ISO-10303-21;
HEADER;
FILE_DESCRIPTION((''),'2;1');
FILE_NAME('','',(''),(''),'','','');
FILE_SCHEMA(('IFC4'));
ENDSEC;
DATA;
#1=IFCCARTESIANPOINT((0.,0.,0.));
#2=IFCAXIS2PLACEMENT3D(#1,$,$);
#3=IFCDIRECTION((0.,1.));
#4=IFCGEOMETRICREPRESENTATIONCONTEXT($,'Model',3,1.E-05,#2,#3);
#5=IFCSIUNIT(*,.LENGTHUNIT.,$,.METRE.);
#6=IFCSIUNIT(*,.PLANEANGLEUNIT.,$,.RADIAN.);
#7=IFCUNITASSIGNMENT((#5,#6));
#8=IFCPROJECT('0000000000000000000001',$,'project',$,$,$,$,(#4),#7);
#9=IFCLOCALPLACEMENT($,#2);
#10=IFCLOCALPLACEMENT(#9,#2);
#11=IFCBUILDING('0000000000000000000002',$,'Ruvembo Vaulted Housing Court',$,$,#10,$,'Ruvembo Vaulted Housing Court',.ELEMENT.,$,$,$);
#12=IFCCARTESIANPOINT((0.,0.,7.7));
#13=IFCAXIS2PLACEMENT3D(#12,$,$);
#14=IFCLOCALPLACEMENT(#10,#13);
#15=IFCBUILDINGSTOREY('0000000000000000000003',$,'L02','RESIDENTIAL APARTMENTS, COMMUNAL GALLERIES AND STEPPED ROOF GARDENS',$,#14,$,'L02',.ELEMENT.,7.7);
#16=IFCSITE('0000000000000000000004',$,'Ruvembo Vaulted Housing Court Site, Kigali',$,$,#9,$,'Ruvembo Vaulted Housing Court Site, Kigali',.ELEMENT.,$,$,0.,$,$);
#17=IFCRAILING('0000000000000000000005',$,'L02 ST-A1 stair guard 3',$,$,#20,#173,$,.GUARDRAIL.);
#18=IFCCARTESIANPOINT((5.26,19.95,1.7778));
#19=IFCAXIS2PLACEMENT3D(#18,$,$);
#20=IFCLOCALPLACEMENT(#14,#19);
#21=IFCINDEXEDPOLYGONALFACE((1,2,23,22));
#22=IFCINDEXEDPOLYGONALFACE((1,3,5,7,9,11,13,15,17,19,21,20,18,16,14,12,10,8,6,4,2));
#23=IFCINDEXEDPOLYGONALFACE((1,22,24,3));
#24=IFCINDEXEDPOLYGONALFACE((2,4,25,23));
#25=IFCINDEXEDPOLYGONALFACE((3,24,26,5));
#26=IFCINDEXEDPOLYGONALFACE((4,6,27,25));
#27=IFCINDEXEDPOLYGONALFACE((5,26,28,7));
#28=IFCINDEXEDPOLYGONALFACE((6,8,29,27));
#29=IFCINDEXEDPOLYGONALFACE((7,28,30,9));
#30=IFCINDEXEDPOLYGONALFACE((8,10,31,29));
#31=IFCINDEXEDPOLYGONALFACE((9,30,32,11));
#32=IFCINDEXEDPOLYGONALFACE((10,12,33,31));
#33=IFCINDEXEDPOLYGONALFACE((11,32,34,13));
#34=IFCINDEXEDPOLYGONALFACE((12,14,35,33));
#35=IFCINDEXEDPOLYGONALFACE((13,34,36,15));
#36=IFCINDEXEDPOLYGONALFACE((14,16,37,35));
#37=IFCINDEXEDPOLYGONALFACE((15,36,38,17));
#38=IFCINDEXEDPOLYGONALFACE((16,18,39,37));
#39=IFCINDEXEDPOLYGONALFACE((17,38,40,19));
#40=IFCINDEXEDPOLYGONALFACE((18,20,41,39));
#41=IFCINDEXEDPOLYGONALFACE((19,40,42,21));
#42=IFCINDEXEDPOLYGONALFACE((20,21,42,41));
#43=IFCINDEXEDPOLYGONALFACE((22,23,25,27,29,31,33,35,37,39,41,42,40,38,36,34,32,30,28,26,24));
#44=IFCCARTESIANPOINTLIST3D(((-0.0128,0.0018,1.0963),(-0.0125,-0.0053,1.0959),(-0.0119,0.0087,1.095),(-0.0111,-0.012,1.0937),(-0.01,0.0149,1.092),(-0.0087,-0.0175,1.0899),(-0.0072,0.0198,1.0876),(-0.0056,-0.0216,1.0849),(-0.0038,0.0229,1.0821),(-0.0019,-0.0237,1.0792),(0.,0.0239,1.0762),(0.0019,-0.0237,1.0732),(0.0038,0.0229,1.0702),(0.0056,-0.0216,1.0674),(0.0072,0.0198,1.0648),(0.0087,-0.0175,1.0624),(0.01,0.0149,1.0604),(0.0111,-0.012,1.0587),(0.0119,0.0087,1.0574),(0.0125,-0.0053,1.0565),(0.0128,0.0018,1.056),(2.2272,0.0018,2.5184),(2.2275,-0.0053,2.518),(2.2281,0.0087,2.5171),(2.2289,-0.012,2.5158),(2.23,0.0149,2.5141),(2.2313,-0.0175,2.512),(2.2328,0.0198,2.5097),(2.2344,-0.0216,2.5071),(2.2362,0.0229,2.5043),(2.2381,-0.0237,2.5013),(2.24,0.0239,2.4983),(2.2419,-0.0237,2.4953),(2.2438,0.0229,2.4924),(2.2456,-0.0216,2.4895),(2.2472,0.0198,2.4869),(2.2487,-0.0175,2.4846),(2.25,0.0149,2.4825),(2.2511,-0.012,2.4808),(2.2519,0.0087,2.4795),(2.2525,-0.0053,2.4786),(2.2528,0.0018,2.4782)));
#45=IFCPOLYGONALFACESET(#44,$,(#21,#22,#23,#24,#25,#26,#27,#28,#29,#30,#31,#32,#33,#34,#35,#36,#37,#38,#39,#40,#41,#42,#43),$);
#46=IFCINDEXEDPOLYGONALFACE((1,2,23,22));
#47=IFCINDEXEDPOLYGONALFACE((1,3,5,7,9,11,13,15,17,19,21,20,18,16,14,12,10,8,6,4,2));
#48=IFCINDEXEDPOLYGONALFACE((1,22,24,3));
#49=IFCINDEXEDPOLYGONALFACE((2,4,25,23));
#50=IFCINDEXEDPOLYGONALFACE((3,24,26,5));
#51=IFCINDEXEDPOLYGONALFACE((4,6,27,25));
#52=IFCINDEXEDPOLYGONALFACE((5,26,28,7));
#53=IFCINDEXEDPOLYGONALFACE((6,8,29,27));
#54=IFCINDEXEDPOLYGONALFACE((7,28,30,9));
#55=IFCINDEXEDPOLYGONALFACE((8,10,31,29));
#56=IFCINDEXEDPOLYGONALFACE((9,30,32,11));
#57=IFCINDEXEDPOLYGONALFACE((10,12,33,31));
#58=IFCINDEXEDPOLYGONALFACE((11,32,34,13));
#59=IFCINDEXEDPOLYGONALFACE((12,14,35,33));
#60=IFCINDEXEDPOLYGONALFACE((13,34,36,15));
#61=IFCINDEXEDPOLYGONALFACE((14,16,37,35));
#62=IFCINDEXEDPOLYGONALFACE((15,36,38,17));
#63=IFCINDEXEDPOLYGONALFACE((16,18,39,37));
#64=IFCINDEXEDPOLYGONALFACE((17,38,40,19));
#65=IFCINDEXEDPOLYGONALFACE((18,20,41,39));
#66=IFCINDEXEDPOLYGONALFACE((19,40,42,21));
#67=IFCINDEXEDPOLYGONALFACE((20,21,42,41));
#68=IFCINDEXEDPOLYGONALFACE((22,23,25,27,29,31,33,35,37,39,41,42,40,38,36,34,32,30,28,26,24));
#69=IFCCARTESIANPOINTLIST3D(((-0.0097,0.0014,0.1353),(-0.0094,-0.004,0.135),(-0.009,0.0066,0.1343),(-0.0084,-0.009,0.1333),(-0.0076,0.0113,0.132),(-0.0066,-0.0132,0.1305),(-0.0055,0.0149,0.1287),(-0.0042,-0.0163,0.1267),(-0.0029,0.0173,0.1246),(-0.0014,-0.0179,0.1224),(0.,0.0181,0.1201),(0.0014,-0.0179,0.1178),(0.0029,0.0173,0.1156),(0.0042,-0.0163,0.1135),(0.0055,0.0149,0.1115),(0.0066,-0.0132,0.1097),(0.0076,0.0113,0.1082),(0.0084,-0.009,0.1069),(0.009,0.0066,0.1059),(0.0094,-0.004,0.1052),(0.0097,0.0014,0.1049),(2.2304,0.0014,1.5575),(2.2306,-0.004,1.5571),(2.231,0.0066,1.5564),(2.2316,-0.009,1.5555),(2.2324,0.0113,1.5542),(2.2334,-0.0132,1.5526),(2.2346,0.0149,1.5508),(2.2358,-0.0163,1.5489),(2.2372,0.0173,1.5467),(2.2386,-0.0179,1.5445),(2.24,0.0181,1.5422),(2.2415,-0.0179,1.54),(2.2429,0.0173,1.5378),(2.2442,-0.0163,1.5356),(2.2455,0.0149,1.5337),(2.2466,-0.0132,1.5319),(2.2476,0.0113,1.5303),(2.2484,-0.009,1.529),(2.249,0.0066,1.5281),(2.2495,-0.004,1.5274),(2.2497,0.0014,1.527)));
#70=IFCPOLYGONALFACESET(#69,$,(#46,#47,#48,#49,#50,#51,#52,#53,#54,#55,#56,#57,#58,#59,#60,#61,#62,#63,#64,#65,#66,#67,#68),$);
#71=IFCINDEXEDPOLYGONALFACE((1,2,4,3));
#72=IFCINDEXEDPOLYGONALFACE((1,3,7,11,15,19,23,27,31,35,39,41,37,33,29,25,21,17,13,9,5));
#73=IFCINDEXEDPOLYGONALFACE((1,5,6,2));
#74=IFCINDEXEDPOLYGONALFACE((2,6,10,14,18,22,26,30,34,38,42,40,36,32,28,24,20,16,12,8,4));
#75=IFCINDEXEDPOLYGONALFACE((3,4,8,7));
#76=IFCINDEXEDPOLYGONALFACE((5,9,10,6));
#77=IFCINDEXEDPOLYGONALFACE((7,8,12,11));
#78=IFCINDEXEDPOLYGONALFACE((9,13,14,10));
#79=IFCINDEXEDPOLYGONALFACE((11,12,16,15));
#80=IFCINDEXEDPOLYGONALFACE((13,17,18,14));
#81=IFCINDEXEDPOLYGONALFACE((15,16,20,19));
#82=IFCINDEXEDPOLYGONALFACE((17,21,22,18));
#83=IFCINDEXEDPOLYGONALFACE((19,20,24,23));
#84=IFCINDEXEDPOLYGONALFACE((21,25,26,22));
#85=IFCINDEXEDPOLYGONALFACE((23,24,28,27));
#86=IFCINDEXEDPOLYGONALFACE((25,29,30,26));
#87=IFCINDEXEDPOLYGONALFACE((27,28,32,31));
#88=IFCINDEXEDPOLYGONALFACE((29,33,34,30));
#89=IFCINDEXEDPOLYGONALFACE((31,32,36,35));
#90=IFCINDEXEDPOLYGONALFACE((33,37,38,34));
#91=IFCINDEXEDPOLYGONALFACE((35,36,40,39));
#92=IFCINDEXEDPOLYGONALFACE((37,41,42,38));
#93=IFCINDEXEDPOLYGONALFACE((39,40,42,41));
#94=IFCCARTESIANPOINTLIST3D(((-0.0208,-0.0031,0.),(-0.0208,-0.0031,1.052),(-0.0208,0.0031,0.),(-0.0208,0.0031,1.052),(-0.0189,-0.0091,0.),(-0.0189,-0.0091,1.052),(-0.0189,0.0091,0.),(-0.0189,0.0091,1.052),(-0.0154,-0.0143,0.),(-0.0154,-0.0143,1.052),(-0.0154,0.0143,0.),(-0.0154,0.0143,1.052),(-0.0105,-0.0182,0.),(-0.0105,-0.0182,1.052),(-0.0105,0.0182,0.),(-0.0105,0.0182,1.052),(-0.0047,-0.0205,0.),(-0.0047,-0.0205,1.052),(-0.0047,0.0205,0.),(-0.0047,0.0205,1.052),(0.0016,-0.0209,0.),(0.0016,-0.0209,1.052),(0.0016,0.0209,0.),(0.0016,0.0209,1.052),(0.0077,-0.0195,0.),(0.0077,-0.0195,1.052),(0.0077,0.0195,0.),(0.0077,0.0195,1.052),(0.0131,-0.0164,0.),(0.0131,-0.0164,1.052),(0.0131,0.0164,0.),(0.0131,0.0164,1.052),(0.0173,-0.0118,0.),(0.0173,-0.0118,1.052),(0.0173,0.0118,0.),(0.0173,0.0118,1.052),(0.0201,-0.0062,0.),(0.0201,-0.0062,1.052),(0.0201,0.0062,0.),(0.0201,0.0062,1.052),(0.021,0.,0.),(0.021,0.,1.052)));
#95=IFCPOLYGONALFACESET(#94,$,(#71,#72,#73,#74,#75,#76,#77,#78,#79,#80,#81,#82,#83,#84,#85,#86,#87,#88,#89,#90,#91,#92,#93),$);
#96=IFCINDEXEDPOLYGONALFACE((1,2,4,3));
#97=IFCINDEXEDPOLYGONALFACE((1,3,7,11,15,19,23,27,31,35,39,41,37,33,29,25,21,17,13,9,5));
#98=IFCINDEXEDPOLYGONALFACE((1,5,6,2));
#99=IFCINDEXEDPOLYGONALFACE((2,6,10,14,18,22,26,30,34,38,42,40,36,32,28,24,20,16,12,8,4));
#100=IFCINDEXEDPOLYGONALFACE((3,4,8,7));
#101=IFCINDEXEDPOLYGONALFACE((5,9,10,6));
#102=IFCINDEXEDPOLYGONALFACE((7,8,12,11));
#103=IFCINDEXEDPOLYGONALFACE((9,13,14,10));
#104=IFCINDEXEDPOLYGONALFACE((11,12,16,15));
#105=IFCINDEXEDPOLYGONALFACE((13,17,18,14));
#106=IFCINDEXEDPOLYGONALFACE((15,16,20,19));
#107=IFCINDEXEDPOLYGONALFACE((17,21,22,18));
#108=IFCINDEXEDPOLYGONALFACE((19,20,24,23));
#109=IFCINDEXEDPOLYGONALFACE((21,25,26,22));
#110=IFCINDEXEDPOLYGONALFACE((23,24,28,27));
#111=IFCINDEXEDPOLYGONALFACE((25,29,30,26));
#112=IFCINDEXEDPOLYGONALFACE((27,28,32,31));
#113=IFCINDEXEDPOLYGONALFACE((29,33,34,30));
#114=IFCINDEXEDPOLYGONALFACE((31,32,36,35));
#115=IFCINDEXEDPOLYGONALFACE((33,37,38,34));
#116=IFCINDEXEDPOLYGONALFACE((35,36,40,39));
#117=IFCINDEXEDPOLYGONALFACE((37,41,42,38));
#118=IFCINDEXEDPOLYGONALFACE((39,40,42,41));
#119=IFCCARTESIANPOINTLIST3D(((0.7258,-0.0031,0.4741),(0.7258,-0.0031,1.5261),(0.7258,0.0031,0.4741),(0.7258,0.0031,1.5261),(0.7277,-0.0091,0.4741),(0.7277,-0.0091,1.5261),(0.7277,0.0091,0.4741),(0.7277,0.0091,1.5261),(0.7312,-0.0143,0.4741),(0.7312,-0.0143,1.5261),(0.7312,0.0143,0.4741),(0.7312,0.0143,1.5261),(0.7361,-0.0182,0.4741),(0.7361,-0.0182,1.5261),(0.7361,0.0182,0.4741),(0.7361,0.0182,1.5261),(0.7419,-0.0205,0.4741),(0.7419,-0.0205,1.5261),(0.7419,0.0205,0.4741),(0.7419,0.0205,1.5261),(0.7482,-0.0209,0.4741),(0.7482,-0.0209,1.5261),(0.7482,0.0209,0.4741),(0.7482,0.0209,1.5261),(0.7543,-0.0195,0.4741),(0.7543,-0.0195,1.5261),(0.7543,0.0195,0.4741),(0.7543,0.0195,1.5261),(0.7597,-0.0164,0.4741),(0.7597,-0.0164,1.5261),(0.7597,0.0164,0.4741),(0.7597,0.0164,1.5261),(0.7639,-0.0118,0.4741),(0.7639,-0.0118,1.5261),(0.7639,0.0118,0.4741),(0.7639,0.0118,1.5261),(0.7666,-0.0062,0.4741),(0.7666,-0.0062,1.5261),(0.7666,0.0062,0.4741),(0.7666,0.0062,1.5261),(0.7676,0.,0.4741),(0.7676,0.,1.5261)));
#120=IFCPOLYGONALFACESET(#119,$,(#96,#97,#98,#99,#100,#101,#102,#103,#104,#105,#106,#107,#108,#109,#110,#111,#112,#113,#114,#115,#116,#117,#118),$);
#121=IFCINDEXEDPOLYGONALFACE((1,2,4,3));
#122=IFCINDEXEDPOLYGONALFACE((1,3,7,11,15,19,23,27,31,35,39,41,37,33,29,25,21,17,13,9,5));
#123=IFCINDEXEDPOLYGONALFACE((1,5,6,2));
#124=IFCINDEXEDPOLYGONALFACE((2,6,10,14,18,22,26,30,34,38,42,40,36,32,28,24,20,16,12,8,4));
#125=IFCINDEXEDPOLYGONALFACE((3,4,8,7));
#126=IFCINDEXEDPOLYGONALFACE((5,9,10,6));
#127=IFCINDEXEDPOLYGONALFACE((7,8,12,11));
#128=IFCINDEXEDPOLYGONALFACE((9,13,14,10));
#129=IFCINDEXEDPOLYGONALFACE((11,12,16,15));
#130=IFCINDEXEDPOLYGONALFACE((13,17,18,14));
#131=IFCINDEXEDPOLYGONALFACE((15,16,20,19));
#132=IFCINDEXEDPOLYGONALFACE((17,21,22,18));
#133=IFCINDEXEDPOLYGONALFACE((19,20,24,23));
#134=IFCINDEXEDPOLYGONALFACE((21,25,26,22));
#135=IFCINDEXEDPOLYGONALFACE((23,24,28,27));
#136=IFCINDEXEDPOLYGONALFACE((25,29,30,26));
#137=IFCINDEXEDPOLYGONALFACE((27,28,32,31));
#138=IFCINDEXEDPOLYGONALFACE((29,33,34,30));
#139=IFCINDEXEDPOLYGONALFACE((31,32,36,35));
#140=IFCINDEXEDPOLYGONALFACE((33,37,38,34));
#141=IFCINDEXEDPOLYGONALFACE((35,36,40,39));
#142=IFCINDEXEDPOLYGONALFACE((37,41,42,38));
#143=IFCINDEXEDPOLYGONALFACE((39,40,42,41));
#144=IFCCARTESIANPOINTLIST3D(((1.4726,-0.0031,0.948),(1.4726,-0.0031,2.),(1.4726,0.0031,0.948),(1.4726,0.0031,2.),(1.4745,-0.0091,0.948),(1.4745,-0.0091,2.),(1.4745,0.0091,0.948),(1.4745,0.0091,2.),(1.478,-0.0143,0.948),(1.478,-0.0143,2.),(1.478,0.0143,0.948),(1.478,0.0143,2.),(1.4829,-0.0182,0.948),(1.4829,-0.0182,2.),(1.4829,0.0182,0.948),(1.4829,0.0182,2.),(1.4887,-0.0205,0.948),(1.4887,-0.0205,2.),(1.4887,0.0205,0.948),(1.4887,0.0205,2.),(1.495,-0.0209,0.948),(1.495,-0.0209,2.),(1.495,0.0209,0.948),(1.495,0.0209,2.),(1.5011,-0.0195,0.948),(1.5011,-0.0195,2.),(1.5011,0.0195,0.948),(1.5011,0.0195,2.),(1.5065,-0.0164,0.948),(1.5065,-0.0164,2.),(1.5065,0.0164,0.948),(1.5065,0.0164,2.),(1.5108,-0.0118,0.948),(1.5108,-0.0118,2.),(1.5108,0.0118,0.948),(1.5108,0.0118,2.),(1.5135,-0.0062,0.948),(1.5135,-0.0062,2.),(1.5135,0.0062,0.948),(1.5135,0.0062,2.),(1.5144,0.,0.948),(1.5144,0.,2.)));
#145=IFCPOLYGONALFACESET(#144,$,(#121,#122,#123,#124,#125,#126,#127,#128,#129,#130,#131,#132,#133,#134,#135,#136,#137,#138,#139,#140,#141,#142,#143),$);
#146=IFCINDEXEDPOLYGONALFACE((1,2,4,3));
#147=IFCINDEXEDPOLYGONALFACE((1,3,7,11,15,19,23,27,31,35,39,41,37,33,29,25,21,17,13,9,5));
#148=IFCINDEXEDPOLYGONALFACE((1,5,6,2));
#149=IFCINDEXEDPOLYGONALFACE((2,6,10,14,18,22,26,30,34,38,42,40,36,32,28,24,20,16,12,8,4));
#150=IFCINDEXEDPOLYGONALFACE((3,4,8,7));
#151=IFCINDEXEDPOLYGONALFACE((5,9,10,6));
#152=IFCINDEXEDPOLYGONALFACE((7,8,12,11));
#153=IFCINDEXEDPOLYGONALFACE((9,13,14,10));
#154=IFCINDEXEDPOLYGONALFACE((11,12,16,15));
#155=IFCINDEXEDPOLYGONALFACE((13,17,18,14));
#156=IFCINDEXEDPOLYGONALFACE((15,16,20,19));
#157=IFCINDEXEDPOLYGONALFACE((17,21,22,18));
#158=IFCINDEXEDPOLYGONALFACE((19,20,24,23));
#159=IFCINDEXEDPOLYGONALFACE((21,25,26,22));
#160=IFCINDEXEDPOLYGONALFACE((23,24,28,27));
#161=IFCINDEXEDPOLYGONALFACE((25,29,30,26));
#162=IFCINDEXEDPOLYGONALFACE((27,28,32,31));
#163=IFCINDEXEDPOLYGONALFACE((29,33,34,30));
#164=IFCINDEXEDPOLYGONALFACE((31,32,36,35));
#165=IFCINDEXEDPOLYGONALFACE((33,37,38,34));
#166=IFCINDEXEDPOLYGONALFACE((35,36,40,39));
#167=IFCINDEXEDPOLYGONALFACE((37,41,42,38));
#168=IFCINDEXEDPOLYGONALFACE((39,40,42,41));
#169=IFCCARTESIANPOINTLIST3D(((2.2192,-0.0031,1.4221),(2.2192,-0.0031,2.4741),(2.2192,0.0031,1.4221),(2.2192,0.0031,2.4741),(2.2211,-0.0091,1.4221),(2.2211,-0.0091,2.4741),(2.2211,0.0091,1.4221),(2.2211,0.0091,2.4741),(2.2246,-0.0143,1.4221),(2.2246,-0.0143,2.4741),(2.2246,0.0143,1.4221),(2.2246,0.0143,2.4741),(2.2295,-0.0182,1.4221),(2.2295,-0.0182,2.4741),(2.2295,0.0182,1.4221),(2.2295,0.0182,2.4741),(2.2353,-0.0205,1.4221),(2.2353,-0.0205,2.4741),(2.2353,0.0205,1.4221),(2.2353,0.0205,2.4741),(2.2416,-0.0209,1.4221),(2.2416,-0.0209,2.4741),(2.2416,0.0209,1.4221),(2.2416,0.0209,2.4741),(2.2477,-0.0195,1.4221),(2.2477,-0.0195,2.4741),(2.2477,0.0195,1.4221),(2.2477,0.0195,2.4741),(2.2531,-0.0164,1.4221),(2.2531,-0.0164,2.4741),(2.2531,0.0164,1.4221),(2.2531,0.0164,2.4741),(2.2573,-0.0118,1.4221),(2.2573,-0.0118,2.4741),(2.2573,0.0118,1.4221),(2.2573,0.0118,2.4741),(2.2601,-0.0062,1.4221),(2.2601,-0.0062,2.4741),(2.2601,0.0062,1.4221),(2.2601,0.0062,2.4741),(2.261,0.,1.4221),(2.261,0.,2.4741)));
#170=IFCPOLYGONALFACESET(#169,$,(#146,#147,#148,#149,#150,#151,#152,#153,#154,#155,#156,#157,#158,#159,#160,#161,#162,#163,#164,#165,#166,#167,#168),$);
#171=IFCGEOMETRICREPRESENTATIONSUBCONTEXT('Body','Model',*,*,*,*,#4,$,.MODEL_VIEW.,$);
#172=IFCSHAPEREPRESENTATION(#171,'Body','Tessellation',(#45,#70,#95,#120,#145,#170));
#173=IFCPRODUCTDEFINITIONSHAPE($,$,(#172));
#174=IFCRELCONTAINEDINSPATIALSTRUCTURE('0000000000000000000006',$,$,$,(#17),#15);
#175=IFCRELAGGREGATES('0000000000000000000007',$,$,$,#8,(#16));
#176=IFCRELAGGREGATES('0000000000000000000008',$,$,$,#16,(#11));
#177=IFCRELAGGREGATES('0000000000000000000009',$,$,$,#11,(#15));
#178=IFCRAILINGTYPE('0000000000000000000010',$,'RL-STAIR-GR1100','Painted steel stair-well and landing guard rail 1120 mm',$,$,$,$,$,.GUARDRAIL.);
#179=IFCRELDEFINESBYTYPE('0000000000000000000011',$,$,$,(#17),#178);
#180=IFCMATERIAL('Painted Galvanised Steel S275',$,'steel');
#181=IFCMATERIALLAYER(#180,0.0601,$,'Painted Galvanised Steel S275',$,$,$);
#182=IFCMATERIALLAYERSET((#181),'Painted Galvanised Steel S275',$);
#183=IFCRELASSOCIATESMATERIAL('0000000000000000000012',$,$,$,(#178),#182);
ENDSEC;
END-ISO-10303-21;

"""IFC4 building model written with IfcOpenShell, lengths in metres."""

from ifc_helpers import new_model, si_unit, direction, frame, origin, origin_2d, place, context, subcontext, project, spatial, circle, extrude, material, layer, layer_set, type_object, element, save


model = new_model("IFC4")

# Units and contexts
model_context = context("Model", 3, precision=1e-05, world=origin(), true_north=direction((0.0, 1.0)))
body_context = subcontext(model_context, "Body", "Model", "MODEL_VIEW")
ifc_project = project(units=[si_unit("LENGTHUNIT", "METRE"), si_unit("PLANEANGLEUNIT", "RADIAN")], contexts=[model_context])

# Site, building, storey
site_placement = place(None, origin())
site = spatial("IfcSite", under=ifc_project, at=site_placement, Name="Ruvembo Vaulted Housing Court Site, Kigali", LongName="Ruvembo Vaulted Housing Court Site, Kigali", CompositionType="ELEMENT", RefElevation=0.0)
building_placement = place(site_placement, origin())
building = spatial("IfcBuilding", under=site, at=building_placement, Name="Ruvembo Vaulted Housing Court", LongName="Ruvembo Vaulted Housing Court", CompositionType="ELEMENT")
storey_placement = place(building_placement, frame((0.0, 0.0, 7.7)))
storey = spatial("IfcBuildingStorey", under=building, at=storey_placement, Name="L02", Description="RESIDENTIAL APARTMENTS, COMMUNAL GALLERIES AND STEPPED ROOF GARDENS", LongName="L02", CompositionType="ELEMENT", Elevation=7.7)

# Railing
ifc_material_1 = material(Name="Painted Galvanised Steel S275", Category="steel")
ifc_layer_1 = layer(ifc_material_1, 0.0601, Name="Painted Galvanised Steel S275")
ifc_layer_set_1 = layer_set([ifc_layer_1], Name="Painted Galvanised Steel S275")
railing_type_1 = type_object("IfcRailingType", Name="RL-STAIR-GR1100", Description="Painted steel stair-well and landing guard rail 1120 mm", PredefinedType="GUARDRAIL", material=ifc_layer_set_1)
railing_1_placement = place(storey_placement, frame((5.26, 19.95, 1.7778)))
element("IfcRailing", 1, at=railing_1_placement, inside=storey, type_object=railing_type_1, Name="L02 ST-A1 stair guard 3", PredefinedType="GUARDRAIL", context=body_context, shape_type="SweptSolid", body=[
    extrude(circle(Radius=0.0239, at=origin_2d()), frame((0.0, 0.0, 1.0762), z_axis=(0.844229, 0.0, 0.535982), x_axis=(0.0, 1.0, 0.0)), (0.0, 0.0, 1.0), 2.6533),
    extrude(circle(Radius=0.0181, at=origin_2d()), frame((0.0, 0.0, 0.1201), z_axis=(0.844229, 0.0, 0.535982), x_axis=(0.0, 1.0, 0.0)), (0.0, 0.0, 1.0), 2.6533),
    extrude(circle(Radius=0.021, at=origin_2d()), origin(), (0.0, 0.0, 1.0), 1.052),
    extrude(circle(Radius=0.021, at=origin_2d()), frame((0.7466, 0.0, 0.4741)), (0.0, 0.0, 1.0), 1.052),
    extrude(circle(Radius=0.021, at=origin_2d()), frame((1.4934, 0.0, 0.948)), (0.0, 0.0, 1.0), 1.052),
    extrude(circle(Radius=0.021, at=origin_2d()), frame((2.24, 0.0, 1.4221)), (0.0, 0.0, 1.0), 1.052),
])

save(model, "model.ifc")
